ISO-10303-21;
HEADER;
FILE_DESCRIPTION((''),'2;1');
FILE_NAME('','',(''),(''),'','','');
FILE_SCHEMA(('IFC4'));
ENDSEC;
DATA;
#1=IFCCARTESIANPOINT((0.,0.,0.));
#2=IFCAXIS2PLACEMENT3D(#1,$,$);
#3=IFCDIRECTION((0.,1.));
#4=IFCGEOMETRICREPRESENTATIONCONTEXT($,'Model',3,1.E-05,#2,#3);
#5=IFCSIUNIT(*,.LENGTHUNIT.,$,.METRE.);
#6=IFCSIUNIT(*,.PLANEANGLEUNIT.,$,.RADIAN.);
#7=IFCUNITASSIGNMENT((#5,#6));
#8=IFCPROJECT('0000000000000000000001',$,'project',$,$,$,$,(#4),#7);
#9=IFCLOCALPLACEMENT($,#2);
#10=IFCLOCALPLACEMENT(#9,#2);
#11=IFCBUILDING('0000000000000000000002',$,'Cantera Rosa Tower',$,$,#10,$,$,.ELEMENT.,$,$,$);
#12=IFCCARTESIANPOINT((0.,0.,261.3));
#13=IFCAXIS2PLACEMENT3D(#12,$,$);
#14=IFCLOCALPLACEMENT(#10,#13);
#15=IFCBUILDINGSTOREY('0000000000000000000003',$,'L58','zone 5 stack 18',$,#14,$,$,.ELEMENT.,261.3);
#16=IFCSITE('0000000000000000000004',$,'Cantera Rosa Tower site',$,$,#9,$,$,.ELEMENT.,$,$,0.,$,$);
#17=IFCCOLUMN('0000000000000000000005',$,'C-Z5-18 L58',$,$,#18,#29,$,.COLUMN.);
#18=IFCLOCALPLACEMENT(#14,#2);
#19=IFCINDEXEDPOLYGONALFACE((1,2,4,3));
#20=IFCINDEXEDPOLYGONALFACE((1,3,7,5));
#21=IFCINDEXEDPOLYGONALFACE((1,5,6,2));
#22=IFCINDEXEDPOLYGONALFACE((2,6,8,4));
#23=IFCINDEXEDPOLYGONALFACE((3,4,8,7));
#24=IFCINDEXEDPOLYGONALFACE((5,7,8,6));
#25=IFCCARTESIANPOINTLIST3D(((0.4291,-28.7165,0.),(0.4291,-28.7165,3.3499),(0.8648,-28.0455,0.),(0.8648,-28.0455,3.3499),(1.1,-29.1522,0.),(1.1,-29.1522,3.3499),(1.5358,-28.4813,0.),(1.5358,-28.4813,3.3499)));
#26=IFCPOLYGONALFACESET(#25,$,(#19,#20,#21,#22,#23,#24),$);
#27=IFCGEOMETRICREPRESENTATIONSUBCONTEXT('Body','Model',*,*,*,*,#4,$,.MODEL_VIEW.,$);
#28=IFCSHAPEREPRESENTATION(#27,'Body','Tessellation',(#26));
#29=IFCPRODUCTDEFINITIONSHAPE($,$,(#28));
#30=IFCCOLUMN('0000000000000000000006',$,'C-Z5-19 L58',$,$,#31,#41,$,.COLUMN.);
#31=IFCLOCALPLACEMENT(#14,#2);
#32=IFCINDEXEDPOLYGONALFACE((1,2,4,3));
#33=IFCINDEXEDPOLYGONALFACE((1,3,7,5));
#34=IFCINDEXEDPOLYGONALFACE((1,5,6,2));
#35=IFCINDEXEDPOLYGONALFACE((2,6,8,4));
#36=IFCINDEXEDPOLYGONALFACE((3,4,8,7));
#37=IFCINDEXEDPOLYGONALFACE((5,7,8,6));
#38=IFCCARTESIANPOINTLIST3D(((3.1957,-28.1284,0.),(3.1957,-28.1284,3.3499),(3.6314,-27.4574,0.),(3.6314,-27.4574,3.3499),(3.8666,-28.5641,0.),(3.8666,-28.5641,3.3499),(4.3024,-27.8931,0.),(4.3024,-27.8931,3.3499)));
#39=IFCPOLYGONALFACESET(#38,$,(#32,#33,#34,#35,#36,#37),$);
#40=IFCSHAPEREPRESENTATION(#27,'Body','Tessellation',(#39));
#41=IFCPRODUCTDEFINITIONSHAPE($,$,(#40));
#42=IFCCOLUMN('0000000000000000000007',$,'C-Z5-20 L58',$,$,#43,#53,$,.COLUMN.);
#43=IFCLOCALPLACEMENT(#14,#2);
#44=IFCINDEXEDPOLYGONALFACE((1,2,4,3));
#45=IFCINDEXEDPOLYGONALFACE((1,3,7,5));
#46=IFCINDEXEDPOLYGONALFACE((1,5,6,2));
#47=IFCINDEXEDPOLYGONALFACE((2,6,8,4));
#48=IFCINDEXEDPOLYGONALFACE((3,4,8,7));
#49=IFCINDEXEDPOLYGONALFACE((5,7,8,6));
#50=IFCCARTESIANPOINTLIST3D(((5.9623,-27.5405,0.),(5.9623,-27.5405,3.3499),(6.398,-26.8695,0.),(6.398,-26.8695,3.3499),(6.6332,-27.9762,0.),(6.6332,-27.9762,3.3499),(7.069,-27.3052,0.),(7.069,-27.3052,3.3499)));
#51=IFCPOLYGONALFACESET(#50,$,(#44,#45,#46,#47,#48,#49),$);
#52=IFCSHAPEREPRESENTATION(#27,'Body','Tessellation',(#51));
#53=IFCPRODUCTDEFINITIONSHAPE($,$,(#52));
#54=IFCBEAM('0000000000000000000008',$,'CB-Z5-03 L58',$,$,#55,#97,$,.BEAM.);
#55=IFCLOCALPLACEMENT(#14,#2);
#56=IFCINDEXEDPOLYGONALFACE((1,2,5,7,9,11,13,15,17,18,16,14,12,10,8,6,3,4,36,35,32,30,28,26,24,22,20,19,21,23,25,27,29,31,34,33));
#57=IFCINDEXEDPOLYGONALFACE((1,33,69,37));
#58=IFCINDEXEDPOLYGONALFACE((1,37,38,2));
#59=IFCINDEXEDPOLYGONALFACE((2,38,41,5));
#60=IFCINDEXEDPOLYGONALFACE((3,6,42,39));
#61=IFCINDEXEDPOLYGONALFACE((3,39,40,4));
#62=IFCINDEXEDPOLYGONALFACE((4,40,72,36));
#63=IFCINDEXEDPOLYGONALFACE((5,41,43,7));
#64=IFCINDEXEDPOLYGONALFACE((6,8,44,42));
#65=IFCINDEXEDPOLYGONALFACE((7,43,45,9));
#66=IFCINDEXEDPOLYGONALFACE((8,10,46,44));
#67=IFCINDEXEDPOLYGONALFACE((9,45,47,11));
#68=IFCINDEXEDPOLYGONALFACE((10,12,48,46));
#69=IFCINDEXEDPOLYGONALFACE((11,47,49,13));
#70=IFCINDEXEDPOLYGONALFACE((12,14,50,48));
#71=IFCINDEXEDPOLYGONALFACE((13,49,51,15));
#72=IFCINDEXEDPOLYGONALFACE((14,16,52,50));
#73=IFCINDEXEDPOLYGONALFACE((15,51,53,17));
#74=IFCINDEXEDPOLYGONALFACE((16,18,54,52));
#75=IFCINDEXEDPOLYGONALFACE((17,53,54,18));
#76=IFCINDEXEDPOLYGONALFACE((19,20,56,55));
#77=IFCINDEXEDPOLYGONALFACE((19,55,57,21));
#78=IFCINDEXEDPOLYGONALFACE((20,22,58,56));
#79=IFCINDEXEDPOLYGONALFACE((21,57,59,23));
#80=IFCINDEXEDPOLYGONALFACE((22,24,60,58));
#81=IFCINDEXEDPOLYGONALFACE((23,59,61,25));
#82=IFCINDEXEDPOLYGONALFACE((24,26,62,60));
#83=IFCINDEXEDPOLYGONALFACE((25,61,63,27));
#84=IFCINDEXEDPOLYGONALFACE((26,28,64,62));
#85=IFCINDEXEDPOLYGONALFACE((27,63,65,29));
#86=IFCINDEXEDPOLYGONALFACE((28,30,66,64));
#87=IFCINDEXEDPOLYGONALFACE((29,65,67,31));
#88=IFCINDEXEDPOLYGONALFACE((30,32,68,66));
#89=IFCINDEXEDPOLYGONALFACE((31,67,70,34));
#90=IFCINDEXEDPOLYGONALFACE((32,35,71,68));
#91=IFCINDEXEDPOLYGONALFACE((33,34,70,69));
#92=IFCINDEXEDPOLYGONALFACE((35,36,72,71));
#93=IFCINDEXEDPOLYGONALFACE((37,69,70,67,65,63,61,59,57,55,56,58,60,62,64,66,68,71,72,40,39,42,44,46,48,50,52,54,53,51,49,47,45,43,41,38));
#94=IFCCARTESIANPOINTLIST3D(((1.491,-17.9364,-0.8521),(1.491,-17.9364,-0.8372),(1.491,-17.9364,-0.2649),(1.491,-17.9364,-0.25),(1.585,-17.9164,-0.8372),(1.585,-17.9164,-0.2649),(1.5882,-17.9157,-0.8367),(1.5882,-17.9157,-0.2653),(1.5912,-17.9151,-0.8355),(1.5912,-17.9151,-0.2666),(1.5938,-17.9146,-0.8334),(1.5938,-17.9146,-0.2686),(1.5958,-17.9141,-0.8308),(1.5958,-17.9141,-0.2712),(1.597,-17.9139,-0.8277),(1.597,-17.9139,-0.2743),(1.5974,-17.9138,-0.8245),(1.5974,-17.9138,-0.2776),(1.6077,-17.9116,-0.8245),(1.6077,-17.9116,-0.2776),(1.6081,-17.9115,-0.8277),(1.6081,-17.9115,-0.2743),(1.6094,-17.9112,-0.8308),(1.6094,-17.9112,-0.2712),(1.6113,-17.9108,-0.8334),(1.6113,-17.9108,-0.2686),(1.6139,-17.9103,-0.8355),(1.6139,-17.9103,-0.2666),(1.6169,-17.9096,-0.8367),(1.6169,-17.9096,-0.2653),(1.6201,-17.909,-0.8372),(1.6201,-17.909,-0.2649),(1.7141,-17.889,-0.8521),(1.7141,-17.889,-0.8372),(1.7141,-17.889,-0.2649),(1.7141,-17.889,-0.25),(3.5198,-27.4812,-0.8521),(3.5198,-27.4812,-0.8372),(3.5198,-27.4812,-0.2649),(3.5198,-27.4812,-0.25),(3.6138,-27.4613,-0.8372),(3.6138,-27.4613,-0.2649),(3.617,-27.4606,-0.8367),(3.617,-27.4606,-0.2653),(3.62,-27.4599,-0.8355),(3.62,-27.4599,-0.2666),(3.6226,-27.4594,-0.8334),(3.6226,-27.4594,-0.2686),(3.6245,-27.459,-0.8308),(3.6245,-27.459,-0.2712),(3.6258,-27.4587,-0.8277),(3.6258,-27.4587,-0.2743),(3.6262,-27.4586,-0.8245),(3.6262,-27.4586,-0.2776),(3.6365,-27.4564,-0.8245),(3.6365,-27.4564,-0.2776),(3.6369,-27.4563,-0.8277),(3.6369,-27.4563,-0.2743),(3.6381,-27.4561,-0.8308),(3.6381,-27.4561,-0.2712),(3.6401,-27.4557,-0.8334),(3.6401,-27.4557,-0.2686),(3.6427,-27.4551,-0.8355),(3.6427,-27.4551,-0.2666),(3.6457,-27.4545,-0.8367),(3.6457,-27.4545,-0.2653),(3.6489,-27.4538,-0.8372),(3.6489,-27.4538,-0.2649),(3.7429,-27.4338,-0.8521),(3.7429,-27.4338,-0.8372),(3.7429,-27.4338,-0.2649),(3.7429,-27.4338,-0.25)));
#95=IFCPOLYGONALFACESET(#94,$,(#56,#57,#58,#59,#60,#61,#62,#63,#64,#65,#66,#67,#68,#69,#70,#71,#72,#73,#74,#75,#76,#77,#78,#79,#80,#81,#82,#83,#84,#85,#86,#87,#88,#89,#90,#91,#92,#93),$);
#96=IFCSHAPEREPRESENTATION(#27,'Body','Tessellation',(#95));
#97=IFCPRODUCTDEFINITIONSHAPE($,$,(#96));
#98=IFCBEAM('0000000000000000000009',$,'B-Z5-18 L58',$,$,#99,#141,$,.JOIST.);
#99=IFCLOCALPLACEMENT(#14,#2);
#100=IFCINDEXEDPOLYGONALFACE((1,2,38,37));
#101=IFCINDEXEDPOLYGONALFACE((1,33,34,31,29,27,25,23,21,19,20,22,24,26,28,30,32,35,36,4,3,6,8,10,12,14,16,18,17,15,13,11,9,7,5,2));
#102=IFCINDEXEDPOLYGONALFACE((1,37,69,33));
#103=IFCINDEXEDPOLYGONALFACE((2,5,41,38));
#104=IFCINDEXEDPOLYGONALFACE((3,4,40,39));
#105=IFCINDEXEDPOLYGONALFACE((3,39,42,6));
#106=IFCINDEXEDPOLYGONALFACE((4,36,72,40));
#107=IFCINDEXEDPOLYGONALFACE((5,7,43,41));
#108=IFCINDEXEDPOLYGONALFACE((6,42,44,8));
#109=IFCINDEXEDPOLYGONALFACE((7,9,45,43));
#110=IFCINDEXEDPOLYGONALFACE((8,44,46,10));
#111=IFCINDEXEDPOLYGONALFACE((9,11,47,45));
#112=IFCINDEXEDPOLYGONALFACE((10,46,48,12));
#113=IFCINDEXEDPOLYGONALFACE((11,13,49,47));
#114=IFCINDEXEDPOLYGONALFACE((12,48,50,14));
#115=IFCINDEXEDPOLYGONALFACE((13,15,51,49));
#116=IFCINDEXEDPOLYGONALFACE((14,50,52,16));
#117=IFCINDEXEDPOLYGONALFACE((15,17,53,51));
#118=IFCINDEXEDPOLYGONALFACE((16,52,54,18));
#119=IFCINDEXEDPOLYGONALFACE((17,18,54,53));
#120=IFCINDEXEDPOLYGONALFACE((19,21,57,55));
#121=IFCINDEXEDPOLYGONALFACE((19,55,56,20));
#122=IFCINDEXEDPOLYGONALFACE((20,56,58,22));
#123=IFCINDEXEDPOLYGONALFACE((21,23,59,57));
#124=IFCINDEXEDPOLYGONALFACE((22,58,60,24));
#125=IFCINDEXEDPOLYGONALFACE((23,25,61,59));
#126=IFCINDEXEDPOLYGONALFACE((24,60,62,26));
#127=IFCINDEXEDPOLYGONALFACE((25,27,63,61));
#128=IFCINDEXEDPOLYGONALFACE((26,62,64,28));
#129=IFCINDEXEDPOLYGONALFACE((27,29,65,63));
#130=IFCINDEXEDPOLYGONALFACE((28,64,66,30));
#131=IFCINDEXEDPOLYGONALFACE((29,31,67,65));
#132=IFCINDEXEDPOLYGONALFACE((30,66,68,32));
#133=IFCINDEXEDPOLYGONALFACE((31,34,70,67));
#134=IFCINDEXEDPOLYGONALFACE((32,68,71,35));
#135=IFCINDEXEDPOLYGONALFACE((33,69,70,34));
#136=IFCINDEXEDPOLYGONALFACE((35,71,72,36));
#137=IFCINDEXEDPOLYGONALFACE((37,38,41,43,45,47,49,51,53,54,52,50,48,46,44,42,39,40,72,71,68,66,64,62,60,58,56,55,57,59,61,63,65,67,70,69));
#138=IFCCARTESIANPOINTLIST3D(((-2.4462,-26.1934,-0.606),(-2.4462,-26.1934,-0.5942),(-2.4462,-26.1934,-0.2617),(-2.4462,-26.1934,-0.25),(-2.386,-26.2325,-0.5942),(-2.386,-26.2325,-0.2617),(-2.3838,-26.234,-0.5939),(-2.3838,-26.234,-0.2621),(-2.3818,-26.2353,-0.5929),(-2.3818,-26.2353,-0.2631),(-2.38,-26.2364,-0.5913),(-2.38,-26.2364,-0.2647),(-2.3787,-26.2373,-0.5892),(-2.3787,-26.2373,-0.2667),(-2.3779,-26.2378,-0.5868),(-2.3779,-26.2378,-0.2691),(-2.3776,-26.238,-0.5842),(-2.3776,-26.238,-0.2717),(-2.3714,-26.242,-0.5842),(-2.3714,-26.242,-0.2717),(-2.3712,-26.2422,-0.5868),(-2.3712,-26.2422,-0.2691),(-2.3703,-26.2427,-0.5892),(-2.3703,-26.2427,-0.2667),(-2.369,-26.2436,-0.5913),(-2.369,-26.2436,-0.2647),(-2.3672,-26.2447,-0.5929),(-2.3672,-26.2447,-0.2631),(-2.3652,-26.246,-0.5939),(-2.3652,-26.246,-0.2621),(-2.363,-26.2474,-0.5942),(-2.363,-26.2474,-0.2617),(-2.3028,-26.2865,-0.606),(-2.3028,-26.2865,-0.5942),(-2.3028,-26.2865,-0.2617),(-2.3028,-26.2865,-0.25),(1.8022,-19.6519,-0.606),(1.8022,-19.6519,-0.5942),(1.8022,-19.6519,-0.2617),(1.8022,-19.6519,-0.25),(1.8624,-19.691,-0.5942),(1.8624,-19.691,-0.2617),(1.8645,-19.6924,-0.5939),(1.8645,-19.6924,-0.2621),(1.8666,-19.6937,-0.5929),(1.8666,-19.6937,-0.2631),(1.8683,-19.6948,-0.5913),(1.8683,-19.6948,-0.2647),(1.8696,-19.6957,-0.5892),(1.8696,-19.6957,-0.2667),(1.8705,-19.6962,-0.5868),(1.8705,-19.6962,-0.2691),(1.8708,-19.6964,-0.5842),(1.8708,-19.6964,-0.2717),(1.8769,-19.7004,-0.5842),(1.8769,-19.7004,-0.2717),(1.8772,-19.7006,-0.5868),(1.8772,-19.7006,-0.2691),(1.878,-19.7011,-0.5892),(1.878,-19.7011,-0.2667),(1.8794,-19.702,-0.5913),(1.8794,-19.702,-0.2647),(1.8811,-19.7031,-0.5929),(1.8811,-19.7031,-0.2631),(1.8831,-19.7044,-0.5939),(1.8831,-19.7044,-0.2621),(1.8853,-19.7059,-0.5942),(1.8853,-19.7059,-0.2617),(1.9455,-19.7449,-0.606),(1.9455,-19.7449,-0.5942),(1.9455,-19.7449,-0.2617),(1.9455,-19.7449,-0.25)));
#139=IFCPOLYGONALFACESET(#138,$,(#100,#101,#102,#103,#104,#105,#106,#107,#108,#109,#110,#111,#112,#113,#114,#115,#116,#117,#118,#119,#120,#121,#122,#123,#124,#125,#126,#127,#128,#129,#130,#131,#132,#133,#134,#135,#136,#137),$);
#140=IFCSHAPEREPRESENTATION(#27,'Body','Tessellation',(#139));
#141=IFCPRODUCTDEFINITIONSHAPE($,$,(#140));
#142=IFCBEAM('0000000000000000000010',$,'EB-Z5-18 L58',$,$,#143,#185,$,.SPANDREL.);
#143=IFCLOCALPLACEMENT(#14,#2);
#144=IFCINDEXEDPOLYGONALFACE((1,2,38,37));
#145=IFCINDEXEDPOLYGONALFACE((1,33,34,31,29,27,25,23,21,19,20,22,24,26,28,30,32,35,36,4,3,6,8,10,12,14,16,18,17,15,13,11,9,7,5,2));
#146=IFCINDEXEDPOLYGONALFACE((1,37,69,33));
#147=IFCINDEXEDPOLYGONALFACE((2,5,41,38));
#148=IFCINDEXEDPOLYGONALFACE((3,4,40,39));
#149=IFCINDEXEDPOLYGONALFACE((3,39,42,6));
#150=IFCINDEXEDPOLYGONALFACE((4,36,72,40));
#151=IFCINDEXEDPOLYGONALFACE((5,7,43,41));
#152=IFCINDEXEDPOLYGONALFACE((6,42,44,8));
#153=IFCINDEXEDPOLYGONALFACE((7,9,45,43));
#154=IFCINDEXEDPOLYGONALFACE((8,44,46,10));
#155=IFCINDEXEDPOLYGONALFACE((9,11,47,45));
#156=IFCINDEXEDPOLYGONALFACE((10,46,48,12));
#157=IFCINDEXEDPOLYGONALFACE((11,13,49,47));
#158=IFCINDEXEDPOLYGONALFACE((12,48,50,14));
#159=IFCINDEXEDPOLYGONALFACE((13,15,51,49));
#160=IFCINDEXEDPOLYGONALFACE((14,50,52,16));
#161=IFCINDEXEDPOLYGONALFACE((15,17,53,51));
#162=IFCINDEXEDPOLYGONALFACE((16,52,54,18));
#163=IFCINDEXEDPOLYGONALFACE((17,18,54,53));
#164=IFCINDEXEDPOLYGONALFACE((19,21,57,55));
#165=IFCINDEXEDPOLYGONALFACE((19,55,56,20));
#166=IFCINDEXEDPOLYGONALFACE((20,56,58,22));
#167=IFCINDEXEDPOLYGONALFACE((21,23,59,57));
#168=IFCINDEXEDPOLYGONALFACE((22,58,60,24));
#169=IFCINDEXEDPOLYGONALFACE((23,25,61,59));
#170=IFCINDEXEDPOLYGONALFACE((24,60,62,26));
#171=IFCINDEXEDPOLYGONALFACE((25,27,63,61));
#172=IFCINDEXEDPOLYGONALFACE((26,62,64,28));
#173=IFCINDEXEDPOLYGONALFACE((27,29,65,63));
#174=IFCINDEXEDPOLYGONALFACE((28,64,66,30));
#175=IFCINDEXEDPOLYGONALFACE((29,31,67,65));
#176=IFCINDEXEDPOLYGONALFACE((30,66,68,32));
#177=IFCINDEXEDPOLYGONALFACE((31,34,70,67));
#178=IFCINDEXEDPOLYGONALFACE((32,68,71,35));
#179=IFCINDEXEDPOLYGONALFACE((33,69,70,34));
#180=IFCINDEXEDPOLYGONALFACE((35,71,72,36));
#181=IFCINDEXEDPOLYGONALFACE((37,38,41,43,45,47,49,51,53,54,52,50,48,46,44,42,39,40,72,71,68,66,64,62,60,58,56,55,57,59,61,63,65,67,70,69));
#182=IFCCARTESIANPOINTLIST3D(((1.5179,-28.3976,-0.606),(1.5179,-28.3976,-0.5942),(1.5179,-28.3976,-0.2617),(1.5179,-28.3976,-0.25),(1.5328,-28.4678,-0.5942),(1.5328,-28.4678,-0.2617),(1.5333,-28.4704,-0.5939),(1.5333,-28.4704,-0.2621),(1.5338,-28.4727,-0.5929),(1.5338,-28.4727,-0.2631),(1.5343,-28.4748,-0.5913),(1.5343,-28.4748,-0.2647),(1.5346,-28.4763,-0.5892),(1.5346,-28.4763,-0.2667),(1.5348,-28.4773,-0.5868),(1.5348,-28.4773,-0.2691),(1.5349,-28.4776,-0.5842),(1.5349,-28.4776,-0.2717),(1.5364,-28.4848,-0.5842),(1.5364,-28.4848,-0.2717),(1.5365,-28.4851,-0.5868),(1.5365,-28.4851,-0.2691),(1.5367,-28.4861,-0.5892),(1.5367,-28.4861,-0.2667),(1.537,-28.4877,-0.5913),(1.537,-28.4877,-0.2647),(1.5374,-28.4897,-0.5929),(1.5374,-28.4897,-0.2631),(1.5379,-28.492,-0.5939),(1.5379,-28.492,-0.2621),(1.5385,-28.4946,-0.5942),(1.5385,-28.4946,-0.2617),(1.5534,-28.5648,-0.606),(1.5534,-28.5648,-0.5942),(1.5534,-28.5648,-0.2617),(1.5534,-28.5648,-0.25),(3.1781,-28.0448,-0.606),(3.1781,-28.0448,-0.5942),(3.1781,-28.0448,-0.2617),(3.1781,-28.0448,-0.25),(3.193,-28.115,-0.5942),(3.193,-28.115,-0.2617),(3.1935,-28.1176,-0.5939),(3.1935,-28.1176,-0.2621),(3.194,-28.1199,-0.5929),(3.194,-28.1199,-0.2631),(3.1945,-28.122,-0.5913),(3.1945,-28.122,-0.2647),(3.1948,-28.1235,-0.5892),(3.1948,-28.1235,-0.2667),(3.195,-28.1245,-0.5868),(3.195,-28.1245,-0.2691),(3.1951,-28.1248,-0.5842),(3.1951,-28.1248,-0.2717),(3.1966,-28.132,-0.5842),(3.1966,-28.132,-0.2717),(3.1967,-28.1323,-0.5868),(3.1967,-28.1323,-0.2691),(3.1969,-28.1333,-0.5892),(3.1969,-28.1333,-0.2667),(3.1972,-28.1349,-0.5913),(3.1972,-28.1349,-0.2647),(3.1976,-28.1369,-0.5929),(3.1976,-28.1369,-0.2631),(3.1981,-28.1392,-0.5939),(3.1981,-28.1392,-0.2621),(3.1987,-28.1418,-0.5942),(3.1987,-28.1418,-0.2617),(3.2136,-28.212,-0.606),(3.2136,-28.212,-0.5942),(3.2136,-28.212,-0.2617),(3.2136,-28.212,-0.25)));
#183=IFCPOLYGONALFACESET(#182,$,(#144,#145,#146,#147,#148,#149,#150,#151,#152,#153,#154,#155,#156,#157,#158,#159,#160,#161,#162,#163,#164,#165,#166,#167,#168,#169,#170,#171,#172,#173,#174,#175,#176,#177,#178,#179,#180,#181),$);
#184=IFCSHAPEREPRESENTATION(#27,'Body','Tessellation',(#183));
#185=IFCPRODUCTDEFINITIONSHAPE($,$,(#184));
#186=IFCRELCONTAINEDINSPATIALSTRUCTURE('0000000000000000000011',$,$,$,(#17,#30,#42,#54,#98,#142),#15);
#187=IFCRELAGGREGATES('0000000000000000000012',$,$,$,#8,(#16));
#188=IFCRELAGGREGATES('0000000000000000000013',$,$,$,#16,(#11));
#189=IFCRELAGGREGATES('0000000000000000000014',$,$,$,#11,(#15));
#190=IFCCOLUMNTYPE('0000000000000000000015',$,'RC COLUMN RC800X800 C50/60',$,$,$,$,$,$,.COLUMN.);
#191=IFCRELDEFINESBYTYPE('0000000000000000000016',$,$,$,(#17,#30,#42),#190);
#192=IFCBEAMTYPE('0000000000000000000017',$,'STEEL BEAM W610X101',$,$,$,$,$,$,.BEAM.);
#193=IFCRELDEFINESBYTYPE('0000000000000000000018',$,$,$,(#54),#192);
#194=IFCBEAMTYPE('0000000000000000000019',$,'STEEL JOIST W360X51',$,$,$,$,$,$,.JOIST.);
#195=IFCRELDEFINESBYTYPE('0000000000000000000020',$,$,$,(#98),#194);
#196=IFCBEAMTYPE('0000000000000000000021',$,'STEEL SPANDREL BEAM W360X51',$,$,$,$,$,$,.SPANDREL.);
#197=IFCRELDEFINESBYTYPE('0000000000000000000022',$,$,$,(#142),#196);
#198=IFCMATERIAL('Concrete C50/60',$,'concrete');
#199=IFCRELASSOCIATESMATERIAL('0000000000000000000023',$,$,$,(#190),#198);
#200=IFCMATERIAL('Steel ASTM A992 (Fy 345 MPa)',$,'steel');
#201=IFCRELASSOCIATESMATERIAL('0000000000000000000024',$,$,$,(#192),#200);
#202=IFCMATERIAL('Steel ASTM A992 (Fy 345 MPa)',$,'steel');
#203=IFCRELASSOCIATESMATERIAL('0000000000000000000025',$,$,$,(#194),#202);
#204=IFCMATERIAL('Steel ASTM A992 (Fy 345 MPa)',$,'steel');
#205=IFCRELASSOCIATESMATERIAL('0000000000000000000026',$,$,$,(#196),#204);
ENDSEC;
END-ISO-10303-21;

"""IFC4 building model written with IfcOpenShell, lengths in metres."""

from ifc_helpers import new_model, si_unit, direction, frame, origin, origin_2d, place, context, subcontext, project, spatial, rectangle, i_section, extrude, material, material_profile, profile_set, type_object, element, save


model = new_model("IFC4")

# Units and contexts
model_context = context("Model", 3, precision=1e-05, world=origin(), true_north=direction((0.0, 1.0)))
body_context = subcontext(model_context, "Body", "Model", "MODEL_VIEW")
ifc_project = project(units=[si_unit("LENGTHUNIT", "METRE"), si_unit("PLANEANGLEUNIT", "RADIAN")], contexts=[model_context])

# Site, building, storey
site_placement = place(None, origin())
site = spatial("IfcSite", under=ifc_project, at=site_placement, Name="Cantera Rosa Tower site", CompositionType="ELEMENT", RefElevation=0.0)
building_placement = place(site_placement, origin())
building = spatial("IfcBuilding", under=site, at=building_placement, Name="Cantera Rosa Tower", CompositionType="ELEMENT")
storey_placement = place(building_placement, frame((0.0, 0.0, 261.3)))
storey = spatial("IfcBuildingStorey", under=building, at=storey_placement, Name="L58", Description="zone 5 stack 18", CompositionType="ELEMENT", Elevation=261.3)

# Columns
ifc_material_1 = material(Name="Concrete C50/60", Category="concrete")
ifc_material_profile_1 = material_profile(ifc_material_1, rectangle(XDim=0.8, YDim=0.8, at=origin_2d()), Name="RC COLUMN RC800X800 C50/60")
ifc_profile_set_1 = profile_set([ifc_material_profile_1], Name="Concrete C50/60")
column_type = type_object("IfcColumnType", Name="RC COLUMN RC800X800 C50/60", PredefinedType="COLUMN", material=ifc_profile_set_1)
for number, where, z_axis, x_axis, name in (
    (1, (0.9824, -28.5989, 0.0), (0.0, 0.0, 1.0), (0.544639, 0.838671, 0.0), "C-Z5-18 L58"),
    (2, (3.749, -28.0107, 0.0), (0.0, 0.0, 1.0), (0.544639, 0.838671, 0.0), "C-Z5-19 L58"),
    (3, (6.5156, -27.4229, 0.0), (0.0, 0.0, 1.0), (0.544639, 0.838671, 0.0), "C-Z5-20 L58"),
):
    element("IfcColumn", number, at=place(storey_placement, frame(where, z_axis=z_axis, x_axis=x_axis)), inside=storey, type_object=column_type, Name=name, PredefinedType="COLUMN", context=body_context, shape_type="SweptSolid", body=[
        extrude(rectangle(XDim=0.8, YDim=0.8, at=origin_2d()), origin(), (0.0, 0.0, 1.0), 3.3499),
    ])

# Beams
ifc_material_2 = material(Name="Steel ASTM A992 (Fy 345 MPa)", Category="steel")
ifc_material_profile_2 = material_profile(ifc_material_2, i_section(OverallWidth=0.228, OverallDepth=0.6021, WebThickness=0.0105, FlangeThickness=0.0149, FilletRadius=0.0127, at=origin_2d()), Name="W610X101")
ifc_profile_set_2 = profile_set([ifc_material_profile_2], Name="Steel ASTM A992 (Fy 345 MPa)")
beam_type_1 = type_object("IfcBeamType", Name="STEEL BEAM W610X101", PredefinedType="BEAM", material=ifc_profile_set_2)
beam_1_placement = place(storey_placement, frame((3.6313, -27.4575, -0.551), z_axis=(-0.207909, 0.978148, 0.0), x_axis=(-0.978148, -0.207909, 0.0)))
element("IfcBeam", 4, at=beam_1_placement, inside=storey, type_object=beam_type_1, Name="CB-Z5-03 L58", PredefinedType="BEAM", context=body_context, shape_type="SweptSolid", body=[
    extrude(i_section(OverallWidth=0.228, OverallDepth=0.6021, WebThickness=0.0105, FlangeThickness=0.0149, FilletRadius=0.0127, at=origin_2d()), origin(), (0.0, 0.0, 1.0), 9.7581),
])
ifc_material_3 = material(Name="Steel ASTM A992 (Fy 345 MPa)", Category="steel")
ifc_material_profile_3 = material_profile(ifc_material_3, i_section(OverallWidth=0.1709, OverallDepth=0.356, WebThickness=0.0073, FlangeThickness=0.0117, FilletRadius=0.01, at=origin_2d()), Name="W360X51")
ifc_profile_set_3 = profile_set([ifc_material_profile_3], Name="Steel ASTM A992 (Fy 345 MPa)")
beam_type_2 = type_object("IfcBeamType", Name="STEEL JOIST W360X51", PredefinedType="JOIST", material=ifc_profile_set_3)
beam_2_placement = place(storey_placement, frame((-2.3745, -26.24, -0.428), z_axis=(0.544656, 0.83866, 0.0), x_axis=(-0.83866, 0.544656, 0.0)))
element("IfcBeam", 5, at=beam_2_placement, inside=storey, type_object=beam_type_2, Name="B-Z5-18 L58", PredefinedType="JOIST", context=body_context, shape_type="SweptSolid", body=[
    extrude(i_section(OverallWidth=0.1709, OverallDepth=0.356, WebThickness=0.0073, FlangeThickness=0.0117, FilletRadius=0.01, at=origin_2d()), origin(), (0.0, 0.0, 1.0), 7.8),
])
ifc_material_4 = material(Name="Steel ASTM A992 (Fy 345 MPa)", Category="steel")
ifc_material_profile_4 = material_profile(ifc_material_4, i_section(OverallWidth=0.1709, OverallDepth=0.356, WebThickness=0.0073, FlangeThickness=0.0117, FilletRadius=0.01, at=origin_2d()), Name="W360X51")
ifc_profile_set_4 = profile_set([ifc_material_profile_4], Name="Steel ASTM A992 (Fy 345 MPa)")
beam_type_3 = type_object("IfcBeamType", Name="STEEL SPANDREL BEAM W360X51", PredefinedType="SPANDREL", material=ifc_profile_set_4)
for number, where, z_axis, x_axis, name in (
    (6, (1.5356, -28.4812, -0.428), (0.978159, 0.207859, 0.0), (-0.207859, 0.978159, 0.0), "EB-Z5-18 L58"),
):
    element("IfcBeam", number, at=place(storey_placement, frame(where, z_axis=z_axis, x_axis=x_axis)), inside=storey, type_object=beam_type_3, Name=name, PredefinedType="SPANDREL", context=body_context, shape_type="SweptSolid", body=[
        extrude(i_section(OverallWidth=0.1709, OverallDepth=0.356, WebThickness=0.0073, FlangeThickness=0.0117, FilletRadius=0.01, at=origin_2d()), origin(), (0.0, 0.0, 1.0), 1.6973),
    ])

save(model, "model.ifc")
